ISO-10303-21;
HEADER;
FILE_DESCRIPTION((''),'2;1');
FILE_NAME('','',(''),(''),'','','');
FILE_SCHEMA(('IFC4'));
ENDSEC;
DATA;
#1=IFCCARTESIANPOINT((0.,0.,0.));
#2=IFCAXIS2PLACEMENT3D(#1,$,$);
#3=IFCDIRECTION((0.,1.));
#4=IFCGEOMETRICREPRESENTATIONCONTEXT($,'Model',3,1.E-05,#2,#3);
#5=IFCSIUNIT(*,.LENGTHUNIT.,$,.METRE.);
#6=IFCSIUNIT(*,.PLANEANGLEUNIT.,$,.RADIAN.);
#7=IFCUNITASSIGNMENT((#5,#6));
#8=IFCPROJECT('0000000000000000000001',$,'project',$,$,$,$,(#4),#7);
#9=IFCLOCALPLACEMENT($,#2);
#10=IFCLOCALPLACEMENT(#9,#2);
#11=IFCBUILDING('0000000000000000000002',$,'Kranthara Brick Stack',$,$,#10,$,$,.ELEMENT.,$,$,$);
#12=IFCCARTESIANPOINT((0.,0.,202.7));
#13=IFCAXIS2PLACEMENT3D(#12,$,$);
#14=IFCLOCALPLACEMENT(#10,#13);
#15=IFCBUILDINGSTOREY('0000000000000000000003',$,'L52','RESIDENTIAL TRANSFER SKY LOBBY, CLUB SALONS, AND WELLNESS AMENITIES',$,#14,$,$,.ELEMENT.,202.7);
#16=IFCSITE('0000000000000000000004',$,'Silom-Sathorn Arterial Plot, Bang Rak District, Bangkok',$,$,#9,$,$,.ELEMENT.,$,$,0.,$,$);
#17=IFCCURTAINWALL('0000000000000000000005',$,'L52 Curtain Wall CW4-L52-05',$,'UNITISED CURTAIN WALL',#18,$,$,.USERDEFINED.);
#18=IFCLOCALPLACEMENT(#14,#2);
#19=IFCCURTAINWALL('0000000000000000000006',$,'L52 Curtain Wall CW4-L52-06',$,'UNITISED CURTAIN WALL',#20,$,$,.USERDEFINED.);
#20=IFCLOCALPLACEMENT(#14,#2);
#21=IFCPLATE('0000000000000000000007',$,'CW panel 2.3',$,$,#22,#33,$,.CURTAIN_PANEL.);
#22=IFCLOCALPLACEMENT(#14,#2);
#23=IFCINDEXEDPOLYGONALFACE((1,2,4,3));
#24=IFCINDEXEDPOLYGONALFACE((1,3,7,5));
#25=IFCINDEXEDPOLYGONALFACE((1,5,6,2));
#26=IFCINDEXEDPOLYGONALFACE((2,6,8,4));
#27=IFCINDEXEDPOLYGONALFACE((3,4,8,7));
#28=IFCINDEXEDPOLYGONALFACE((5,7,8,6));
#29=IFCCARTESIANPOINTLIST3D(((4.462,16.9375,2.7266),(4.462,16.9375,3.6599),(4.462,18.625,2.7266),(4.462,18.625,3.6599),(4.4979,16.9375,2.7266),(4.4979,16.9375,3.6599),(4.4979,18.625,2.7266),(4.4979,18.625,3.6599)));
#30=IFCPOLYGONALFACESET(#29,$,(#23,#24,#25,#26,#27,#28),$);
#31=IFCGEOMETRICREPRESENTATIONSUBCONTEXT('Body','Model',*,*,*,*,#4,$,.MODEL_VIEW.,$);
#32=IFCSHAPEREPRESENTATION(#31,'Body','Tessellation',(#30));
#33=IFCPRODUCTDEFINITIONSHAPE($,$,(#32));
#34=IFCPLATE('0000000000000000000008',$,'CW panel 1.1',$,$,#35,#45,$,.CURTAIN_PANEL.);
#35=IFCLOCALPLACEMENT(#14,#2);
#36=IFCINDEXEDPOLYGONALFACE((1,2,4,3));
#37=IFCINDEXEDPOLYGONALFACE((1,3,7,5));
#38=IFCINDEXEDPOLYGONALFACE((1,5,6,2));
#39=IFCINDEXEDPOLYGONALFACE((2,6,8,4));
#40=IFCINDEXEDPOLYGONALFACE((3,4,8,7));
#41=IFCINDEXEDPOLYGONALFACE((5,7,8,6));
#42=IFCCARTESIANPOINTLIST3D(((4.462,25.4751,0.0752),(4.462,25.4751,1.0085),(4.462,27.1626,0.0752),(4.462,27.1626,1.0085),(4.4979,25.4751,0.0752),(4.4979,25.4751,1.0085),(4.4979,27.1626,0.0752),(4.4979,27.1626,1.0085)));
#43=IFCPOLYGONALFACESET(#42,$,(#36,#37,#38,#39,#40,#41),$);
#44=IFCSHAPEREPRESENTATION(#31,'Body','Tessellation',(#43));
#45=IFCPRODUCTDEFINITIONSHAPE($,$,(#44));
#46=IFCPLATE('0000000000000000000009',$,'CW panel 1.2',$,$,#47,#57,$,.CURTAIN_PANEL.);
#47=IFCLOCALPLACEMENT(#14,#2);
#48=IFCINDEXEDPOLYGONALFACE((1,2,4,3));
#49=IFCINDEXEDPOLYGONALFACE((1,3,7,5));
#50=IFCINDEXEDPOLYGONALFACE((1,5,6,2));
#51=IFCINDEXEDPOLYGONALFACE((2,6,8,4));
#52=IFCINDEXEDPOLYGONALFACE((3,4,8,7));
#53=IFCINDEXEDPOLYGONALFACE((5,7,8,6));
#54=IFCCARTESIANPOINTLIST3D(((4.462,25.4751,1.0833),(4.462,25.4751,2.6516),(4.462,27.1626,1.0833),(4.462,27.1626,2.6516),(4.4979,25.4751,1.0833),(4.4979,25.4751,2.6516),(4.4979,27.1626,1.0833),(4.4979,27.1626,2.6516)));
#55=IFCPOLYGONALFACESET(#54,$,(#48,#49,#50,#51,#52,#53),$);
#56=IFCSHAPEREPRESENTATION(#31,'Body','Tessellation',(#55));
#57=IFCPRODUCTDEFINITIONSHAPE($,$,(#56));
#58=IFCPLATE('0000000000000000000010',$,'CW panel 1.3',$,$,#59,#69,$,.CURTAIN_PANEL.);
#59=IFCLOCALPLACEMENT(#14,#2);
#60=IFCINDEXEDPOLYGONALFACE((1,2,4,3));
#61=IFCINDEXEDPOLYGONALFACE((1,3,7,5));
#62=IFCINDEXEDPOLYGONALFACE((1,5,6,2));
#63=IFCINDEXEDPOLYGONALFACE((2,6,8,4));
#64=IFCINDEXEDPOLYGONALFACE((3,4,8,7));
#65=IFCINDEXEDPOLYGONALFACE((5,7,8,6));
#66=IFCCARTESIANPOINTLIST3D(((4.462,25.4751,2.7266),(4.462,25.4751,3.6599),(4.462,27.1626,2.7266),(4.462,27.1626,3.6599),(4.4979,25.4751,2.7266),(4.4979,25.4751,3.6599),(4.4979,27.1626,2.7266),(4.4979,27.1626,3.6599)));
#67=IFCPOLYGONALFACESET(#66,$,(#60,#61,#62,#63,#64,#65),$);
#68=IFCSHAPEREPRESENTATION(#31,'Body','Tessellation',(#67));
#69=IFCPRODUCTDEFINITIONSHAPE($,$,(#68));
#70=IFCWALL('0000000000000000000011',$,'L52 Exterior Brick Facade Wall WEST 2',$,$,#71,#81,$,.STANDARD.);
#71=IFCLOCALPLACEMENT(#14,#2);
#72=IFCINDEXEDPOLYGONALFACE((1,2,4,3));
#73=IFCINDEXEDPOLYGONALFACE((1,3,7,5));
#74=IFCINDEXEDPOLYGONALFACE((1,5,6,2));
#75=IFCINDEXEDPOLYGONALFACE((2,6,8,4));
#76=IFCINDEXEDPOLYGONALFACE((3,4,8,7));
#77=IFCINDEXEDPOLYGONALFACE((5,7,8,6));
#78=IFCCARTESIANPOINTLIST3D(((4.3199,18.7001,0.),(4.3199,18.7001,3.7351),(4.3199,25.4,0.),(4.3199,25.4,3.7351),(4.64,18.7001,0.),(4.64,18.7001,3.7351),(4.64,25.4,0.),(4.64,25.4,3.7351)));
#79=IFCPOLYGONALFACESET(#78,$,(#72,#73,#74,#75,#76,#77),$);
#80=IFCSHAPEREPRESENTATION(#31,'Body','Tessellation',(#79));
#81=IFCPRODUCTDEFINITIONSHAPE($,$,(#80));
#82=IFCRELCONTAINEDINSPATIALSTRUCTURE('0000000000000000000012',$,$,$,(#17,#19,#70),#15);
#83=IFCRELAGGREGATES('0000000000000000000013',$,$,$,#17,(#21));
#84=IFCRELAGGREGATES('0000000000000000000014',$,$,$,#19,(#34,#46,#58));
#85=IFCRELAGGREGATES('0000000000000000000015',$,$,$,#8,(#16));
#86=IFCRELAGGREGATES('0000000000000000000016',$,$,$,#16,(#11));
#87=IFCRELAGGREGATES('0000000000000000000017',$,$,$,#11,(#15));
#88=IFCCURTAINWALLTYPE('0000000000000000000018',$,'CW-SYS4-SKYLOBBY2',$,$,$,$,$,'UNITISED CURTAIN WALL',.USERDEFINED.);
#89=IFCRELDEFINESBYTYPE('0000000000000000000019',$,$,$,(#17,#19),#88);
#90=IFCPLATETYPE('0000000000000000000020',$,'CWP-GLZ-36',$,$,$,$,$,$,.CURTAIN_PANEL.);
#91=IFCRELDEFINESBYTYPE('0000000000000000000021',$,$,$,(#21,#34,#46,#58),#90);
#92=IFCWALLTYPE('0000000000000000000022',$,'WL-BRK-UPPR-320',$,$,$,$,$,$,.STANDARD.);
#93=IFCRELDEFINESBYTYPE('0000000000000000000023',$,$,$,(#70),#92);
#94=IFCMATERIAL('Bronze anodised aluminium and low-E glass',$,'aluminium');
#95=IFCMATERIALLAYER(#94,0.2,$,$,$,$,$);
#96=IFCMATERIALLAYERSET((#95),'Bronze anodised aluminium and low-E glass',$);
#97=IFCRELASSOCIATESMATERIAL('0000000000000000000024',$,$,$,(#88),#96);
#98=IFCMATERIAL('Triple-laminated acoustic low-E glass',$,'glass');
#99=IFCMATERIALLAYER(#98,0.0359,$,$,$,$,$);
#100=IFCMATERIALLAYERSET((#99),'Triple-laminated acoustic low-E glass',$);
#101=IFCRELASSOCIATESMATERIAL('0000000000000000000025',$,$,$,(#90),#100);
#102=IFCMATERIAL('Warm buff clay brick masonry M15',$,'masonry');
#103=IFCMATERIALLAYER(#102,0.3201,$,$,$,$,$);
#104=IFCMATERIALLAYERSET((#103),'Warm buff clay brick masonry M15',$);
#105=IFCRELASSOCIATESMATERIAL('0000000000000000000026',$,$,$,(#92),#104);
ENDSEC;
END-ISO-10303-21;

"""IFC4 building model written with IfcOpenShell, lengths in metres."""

from ifc_helpers import new_model, si_unit, direction, frame, frame_2d, origin, origin_2d, place, context, subcontext, project, spatial, rectangle, extrude, material, layer, layer_set, type_object, element, aggregate, save


model = new_model("IFC4")

# Units and contexts
model_context = context("Model", 3, precision=1e-05, world=origin(), true_north=direction((0.0, 1.0)))
body_context = subcontext(model_context, "Body", "Model", "MODEL_VIEW")
ifc_project = project(units=[si_unit("LENGTHUNIT", "METRE"), si_unit("PLANEANGLEUNIT", "RADIAN")], contexts=[model_context])

# Site, building, storey
site_placement = place(None, origin())
site = spatial("IfcSite", under=ifc_project, at=site_placement, Name="Silom-Sathorn Arterial Plot, Bang Rak District, Bangkok", CompositionType="ELEMENT", RefElevation=0.0)
building_placement = place(site_placement, origin())
building = spatial("IfcBuilding", under=site, at=building_placement, Name="Kranthara Brick Stack", CompositionType="ELEMENT")
storey_placement = place(building_placement, frame((0.0, 0.0, 202.7)))
storey = spatial("IfcBuildingStorey", under=building, at=storey_placement, Name="L52", Description="RESIDENTIAL TRANSFER SKY LOBBY, CLUB SALONS, AND WELLNESS AMENITIES", CompositionType="ELEMENT", Elevation=202.7)

# Curtain wall
ifc_material_1 = material(Name="Bronze anodised aluminium and low-E glass", Category="aluminium")
ifc_layer_1 = layer(ifc_material_1, 0.2)
ifc_layer_set_1 = layer_set([ifc_layer_1], Name="Bronze anodised aluminium and low-E glass")
curtain_wall_type = type_object("IfcCurtainWallType", Name="CW-SYS4-SKYLOBBY2", ElementType="UNITISED CURTAIN WALL", PredefinedType="USERDEFINED", material=ifc_layer_set_1)
curtain_wall_1_placement = place(storey_placement, origin())
curtain_wall_1 = element("IfcCurtainWall", 1, at=curtain_wall_1_placement, inside=storey, type_object=curtain_wall_type, Name="L52 Curtain Wall CW4-L52-05", ObjectType="UNITISED CURTAIN WALL", PredefinedType="USERDEFINED")

# Curtain wall
curtain_wall_2_placement = place(storey_placement, origin())
curtain_wall_2 = element("IfcCurtainWall", 2, at=curtain_wall_2_placement, inside=storey, type_object=curtain_wall_type, Name="L52 Curtain Wall CW4-L52-06", ObjectType="UNITISED CURTAIN WALL", PredefinedType="USERDEFINED")

# Plates
ifc_material_2 = material(Name="Triple-laminated acoustic low-E glass", Category="glass")
ifc_layer_2 = layer(ifc_material_2, 0.0359)
ifc_layer_set_2 = layer_set([ifc_layer_2], Name="Triple-laminated acoustic low-E glass")
plate_type = type_object("IfcPlateType", Name="CWP-GLZ-36", PredefinedType="CURTAIN_PANEL", material=ifc_layer_set_2)
plate_1_placement = place(storey_placement, frame((4.48, 17.7812, 2.7266), z_axis=(0.0, 0.0, 1.0), x_axis=(0.0, 1.0, 0.0)))
plate_1 = element("IfcPlate", 3, at=plate_1_placement, type_object=plate_type, Name="CW panel 2.3", PredefinedType="CURTAIN_PANEL", context=body_context, shape_type="SweptSolid", body=[
    extrude(rectangle(XDim=1.6875, YDim=0.0359, at=origin_2d()), origin(), (0.0, 0.0, 1.0), 0.9333),
])
aggregate(curtain_wall_1, [plate_1])
plate_2_placement = place(storey_placement, frame((4.48, 26.3188, 0.0752), z_axis=(0.0, 0.0, 1.0), x_axis=(0.0, 1.0, 0.0)))
plate_2 = element("IfcPlate", 4, at=plate_2_placement, type_object=plate_type, Name="CW panel 1.1", PredefinedType="CURTAIN_PANEL", context=body_context, shape_type="SweptSolid", body=[
    extrude(rectangle(XDim=1.6875, YDim=0.0359, at=origin_2d()), origin(), (0.0, 0.0, 1.0), 0.9333),
])
plate_3_placement = place(storey_placement, frame((4.48, 26.3188, 1.0833), z_axis=(0.0, 0.0, 1.0), x_axis=(0.0, 1.0, 0.0)))
plate_3 = element("IfcPlate", 5, at=plate_3_placement, type_object=plate_type, Name="CW panel 1.2", PredefinedType="CURTAIN_PANEL", context=body_context, shape_type="SweptSolid", body=[
    extrude(rectangle(XDim=1.6875, YDim=0.0359, at=origin_2d()), origin(), (0.0, 0.0, 1.0), 1.5684),
])
plate_4_placement = place(storey_placement, frame((4.48, 26.3188, 2.7266), z_axis=(0.0, 0.0, 1.0), x_axis=(0.0, 1.0, 0.0)))
plate_4 = element("IfcPlate", 6, at=plate_4_placement, type_object=plate_type, Name="CW panel 1.3", PredefinedType="CURTAIN_PANEL", context=body_context, shape_type="SweptSolid", body=[
    extrude(rectangle(XDim=1.6875, YDim=0.0359, at=origin_2d()), origin(), (0.0, 0.0, 1.0), 0.9333),
])
aggregate(curtain_wall_2, [plate_2, plate_3, plate_4])

# Wall
ifc_material_3 = material(Name="Warm buff clay brick masonry M15", Category="masonry")
ifc_layer_3 = layer(ifc_material_3, 0.3201)
ifc_layer_set_3 = layer_set([ifc_layer_3], Name="Warm buff clay brick masonry M15")
wall_type = type_object("IfcWallType", Name="WL-BRK-UPPR-320", PredefinedType="STANDARD", material=ifc_layer_set_3)
wall_placement = place(storey_placement, frame((4.48, 18.7, 0.0), z_axis=(0.0, 0.0, 1.0), x_axis=(0.0, 1.0, 0.0)))
element("IfcWall", 7, at=wall_placement, inside=storey, type_object=wall_type, Name="L52 Exterior Brick Facade Wall WEST 2", PredefinedType="STANDARD", context=body_context, shape_type="SweptSolid", body=[
    extrude(rectangle(XDim=6.7, YDim=0.3201, at=frame_2d((3.3501, 0.0))), origin(), (0.0, 0.0, 1.0), 3.7351),
])

save(model, "model.ifc")
